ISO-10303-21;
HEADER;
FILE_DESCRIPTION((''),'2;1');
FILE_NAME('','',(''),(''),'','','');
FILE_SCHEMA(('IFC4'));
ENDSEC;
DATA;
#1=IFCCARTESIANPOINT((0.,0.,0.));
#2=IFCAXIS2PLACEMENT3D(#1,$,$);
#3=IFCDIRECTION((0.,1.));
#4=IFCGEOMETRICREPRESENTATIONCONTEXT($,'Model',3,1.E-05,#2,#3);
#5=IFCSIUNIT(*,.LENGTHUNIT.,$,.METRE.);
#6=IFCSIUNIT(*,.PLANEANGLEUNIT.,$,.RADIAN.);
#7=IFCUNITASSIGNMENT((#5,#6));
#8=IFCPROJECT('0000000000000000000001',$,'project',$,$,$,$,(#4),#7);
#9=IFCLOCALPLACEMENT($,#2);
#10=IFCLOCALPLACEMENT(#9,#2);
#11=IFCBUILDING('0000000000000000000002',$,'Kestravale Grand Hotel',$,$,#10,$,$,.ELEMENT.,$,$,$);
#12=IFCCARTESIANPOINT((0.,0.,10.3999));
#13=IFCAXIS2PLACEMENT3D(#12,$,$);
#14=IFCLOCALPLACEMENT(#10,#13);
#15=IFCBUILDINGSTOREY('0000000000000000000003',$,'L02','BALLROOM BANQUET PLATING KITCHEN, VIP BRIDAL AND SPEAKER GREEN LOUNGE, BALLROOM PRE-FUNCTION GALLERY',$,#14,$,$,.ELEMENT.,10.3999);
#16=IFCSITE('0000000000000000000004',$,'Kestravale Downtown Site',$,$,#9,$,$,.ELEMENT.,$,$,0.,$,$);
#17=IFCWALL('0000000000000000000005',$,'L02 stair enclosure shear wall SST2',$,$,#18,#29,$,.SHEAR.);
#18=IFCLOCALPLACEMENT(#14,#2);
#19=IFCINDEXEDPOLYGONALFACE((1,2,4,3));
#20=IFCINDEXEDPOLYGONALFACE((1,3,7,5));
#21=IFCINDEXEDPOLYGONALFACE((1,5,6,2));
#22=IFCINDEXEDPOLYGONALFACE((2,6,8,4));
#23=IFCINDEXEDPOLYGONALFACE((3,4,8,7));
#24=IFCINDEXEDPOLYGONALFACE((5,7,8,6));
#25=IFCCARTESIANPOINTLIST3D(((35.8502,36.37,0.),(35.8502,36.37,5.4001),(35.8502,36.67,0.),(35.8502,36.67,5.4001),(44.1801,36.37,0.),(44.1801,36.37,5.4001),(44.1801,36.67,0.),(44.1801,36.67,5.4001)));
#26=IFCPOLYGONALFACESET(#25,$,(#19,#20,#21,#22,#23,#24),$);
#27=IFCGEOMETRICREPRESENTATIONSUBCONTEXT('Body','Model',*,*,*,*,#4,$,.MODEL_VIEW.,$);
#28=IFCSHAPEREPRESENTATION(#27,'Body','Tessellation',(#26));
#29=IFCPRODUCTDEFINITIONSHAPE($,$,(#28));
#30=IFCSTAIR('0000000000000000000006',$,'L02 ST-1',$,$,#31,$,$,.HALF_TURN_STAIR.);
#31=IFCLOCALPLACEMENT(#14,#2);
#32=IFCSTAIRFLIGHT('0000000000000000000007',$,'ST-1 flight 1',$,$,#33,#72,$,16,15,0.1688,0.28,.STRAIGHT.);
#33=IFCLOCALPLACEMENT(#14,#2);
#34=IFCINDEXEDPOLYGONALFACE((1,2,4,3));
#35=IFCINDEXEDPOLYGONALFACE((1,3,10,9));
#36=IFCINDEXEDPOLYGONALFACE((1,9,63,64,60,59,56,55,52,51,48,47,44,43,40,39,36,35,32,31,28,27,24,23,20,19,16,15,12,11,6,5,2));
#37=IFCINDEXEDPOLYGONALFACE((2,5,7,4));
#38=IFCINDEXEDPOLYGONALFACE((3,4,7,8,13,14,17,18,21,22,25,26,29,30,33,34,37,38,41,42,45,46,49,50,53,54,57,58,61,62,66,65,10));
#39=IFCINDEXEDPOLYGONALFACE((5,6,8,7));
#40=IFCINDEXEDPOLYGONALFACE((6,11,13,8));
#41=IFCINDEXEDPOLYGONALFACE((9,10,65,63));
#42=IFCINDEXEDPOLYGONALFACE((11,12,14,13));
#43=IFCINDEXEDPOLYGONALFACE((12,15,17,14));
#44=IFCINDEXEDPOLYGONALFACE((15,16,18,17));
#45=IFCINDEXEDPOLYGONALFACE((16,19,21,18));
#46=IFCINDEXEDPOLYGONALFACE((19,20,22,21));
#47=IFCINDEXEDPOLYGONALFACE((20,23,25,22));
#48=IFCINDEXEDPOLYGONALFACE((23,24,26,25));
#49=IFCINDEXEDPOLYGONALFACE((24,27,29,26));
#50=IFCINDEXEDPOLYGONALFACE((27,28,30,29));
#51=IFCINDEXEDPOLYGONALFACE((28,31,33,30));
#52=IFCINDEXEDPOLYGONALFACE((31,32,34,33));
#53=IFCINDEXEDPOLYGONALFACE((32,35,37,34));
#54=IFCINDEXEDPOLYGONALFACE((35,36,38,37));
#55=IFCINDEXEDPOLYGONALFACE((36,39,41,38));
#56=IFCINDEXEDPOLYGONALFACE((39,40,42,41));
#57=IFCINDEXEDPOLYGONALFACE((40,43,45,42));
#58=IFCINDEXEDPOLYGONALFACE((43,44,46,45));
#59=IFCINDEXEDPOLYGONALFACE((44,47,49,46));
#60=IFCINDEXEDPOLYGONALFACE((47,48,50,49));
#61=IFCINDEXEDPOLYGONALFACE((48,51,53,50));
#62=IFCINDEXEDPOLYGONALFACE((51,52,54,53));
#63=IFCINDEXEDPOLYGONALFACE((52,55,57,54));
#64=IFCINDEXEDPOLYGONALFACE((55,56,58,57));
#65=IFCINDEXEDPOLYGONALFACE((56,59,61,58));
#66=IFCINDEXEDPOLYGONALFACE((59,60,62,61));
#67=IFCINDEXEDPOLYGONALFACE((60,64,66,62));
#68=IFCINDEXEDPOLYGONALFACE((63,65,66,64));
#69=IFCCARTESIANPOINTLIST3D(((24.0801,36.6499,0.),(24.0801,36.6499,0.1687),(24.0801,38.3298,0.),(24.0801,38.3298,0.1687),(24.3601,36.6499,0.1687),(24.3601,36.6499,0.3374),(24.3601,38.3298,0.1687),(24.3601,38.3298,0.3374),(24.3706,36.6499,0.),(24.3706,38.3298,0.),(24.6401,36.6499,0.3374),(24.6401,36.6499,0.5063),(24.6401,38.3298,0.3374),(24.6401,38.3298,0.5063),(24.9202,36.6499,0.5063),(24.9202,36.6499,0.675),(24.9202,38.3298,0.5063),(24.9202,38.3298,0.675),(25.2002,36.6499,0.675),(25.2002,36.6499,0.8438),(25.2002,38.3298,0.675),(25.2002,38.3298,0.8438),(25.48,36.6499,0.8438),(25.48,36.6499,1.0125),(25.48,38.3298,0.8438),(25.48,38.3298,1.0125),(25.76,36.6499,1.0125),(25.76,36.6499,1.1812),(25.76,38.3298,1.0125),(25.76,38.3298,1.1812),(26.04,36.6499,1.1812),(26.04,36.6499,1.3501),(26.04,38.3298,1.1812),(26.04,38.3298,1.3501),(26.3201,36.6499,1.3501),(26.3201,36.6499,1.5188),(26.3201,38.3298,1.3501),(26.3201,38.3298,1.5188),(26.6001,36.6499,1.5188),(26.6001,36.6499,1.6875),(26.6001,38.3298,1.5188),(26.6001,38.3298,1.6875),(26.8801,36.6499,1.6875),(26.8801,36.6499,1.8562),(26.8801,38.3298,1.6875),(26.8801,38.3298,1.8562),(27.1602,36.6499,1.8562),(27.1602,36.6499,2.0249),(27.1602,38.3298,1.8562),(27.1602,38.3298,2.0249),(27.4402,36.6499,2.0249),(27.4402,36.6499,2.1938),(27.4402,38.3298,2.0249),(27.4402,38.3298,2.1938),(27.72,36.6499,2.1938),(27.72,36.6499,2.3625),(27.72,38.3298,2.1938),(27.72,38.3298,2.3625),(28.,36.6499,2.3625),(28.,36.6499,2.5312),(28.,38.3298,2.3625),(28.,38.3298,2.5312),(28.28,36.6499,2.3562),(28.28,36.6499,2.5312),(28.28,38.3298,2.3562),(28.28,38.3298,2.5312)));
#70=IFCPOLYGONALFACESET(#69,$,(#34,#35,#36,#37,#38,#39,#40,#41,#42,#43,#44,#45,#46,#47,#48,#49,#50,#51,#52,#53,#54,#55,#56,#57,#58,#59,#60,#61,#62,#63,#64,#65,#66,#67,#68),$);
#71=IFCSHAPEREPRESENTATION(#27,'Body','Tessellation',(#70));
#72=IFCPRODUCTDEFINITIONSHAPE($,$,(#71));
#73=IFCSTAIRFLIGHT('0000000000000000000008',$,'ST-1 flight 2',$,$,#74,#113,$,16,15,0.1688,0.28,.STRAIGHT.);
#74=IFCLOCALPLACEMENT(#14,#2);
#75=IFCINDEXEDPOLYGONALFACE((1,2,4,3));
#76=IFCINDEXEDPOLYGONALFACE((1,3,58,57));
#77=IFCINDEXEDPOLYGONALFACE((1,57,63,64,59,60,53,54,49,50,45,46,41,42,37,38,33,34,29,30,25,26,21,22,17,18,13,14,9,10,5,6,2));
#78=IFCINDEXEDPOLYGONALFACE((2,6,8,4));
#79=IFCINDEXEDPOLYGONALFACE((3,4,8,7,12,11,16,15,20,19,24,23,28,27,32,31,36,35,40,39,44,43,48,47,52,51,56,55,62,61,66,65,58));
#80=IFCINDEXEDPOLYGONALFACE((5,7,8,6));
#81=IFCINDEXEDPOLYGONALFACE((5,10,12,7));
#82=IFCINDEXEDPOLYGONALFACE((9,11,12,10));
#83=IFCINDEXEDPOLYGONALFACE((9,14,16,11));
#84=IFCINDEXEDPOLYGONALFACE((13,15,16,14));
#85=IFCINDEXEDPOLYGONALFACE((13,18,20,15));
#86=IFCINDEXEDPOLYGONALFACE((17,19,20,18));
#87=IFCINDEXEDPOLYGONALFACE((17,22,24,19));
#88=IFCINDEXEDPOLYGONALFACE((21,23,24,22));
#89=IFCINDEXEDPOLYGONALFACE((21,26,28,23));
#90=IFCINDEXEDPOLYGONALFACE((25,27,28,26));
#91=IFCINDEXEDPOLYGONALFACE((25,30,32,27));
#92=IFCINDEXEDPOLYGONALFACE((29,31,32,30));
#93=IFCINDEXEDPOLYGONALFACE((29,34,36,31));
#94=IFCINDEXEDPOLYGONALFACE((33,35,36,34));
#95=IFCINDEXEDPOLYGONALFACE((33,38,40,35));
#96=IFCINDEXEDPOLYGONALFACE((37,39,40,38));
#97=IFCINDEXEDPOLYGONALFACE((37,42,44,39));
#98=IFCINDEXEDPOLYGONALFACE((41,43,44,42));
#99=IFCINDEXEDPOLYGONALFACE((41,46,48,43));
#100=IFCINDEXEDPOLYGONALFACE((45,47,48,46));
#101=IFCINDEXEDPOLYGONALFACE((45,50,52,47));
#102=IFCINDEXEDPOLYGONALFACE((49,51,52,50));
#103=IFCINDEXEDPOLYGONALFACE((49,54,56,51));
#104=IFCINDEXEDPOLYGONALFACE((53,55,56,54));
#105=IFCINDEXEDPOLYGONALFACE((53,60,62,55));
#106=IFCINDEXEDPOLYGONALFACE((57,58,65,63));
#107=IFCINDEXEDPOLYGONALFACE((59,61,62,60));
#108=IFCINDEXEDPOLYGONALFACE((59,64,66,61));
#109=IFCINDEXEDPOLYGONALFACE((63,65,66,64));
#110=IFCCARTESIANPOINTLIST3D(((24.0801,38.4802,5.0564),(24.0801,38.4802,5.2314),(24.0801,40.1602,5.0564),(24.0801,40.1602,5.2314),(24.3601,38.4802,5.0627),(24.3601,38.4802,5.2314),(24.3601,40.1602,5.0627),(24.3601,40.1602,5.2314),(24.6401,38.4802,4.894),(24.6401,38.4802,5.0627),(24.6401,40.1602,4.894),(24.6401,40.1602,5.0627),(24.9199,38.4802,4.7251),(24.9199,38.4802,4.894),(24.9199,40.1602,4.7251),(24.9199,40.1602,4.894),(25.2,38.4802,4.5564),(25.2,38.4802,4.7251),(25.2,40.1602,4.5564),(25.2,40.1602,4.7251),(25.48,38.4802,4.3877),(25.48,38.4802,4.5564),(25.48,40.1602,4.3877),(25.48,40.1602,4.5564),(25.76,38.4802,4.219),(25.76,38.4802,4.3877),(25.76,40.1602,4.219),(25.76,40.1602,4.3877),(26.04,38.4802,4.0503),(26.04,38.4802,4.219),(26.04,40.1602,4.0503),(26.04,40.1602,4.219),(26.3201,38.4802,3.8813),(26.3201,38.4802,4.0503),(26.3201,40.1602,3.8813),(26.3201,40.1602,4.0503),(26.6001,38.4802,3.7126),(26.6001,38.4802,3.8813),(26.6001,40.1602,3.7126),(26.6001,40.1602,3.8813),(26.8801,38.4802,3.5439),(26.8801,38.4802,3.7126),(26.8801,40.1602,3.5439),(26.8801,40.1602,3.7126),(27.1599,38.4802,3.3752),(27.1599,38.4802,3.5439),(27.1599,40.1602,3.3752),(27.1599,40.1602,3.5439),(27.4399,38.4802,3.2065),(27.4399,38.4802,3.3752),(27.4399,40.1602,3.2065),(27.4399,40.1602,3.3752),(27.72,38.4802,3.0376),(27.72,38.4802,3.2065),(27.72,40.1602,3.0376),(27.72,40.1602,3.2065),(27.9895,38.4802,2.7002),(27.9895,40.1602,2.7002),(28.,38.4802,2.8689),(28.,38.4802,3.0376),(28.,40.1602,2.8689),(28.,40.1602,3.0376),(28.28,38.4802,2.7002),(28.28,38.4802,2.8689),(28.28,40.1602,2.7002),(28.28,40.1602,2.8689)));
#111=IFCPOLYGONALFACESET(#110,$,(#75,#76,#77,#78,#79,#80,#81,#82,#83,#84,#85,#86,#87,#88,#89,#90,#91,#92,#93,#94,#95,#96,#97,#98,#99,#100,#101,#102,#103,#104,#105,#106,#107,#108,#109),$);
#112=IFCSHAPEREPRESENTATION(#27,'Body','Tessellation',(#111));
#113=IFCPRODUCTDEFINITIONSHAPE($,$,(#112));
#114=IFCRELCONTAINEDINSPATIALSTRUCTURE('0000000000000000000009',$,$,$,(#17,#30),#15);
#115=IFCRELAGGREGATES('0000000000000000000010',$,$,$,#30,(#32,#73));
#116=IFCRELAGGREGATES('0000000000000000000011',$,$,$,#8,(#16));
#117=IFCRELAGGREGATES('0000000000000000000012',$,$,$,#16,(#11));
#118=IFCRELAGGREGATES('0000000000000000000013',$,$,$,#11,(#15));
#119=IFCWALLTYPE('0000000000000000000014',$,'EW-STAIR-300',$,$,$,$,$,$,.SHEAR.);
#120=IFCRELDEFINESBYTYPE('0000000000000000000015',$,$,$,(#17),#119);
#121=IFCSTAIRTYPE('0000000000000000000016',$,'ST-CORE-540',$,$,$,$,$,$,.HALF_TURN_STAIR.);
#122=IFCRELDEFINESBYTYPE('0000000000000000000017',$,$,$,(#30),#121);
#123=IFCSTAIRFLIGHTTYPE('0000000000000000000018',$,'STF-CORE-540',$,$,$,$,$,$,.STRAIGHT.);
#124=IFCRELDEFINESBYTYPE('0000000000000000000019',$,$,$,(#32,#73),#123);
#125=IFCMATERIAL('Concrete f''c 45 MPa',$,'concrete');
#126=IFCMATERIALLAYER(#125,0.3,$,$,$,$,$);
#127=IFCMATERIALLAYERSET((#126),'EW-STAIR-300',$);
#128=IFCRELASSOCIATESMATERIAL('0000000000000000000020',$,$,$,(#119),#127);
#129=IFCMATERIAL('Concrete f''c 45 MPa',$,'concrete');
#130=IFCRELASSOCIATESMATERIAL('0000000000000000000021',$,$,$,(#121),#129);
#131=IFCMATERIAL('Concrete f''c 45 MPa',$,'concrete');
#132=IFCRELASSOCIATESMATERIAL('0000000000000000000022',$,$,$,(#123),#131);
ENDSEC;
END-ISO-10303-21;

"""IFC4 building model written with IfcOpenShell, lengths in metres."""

from ifc_helpers import new_model, si_unit, direction, frame, frame_2d, origin, place, context, subcontext, project, spatial, polyline, rectangle, outline, extrude, material, layer, layer_set, type_object, element, aggregate, save


model = new_model("IFC4")

# Units and contexts
model_context = context("Model", 3, precision=1e-05, world=origin(), true_north=direction((0.0, 1.0)))
body_context = subcontext(model_context, "Body", "Model", "MODEL_VIEW")
ifc_project = project(units=[si_unit("LENGTHUNIT", "METRE"), si_unit("PLANEANGLEUNIT", "RADIAN")], contexts=[model_context])

# Site, building, storey
site_placement = place(None, origin())
site = spatial("IfcSite", under=ifc_project, at=site_placement, Name="Kestravale Downtown Site", CompositionType="ELEMENT", RefElevation=0.0)
building_placement = place(site_placement, origin())
building = spatial("IfcBuilding", under=site, at=building_placement, Name="Kestravale Grand Hotel", CompositionType="ELEMENT")
storey_placement = place(building_placement, frame((0.0, 0.0, 10.3999)))
storey = spatial("IfcBuildingStorey", under=building, at=storey_placement, Name="L02", Description="BALLROOM BANQUET PLATING KITCHEN, VIP BRIDAL AND SPEAKER GREEN LOUNGE, BALLROOM PRE-FUNCTION GALLERY", CompositionType="ELEMENT", Elevation=10.3999)

# Shared definitions
ifc_material_1 = material(Name="Concrete f'c 45 MPa", Category="concrete")
ifc_layer_1 = layer(ifc_material_1, 0.3)
ifc_layer_set_1 = layer_set([ifc_layer_1], Name="EW-STAIR-300")
wall_type_1 = type_object("IfcWallType", Name="EW-STAIR-300", PredefinedType="SHEAR", material=ifc_layer_set_1)

# Wall
wall_1_placement = place(storey_placement, frame((35.8501, 36.52, 0.0), z_axis=(0.0, 0.0, 1.0), x_axis=(1.0, 0.0, 0.0)))
element("IfcWall", 1, at=wall_1_placement, inside=storey, type_object=wall_type_1, Name="L02 stair enclosure shear wall SST2", PredefinedType="SHEAR", context=body_context, shape_type="SweptSolid", body=[
    extrude(rectangle(XDim=8.3298, YDim=0.3, at=frame_2d((4.165, 0.0))), origin(), (0.0, 0.0, 1.0), 5.4001),
])

# Stair, stair flights
ifc_material_2 = material(Name="Concrete f'c 45 MPa", Category="concrete")
stair_type = type_object("IfcStairType", Name="ST-CORE-540", PredefinedType="HALF_TURN_STAIR", material=ifc_material_2)
stair_placement = place(storey_placement, origin())
stair = element("IfcStair", 2, at=stair_placement, inside=storey, type_object=stair_type, Name="L02 ST-1", PredefinedType="HALF_TURN_STAIR")
ifc_material_3 = material(Name="Concrete f'c 45 MPa", Category="concrete")
stair_flight_type = type_object("IfcStairFlightType", Name="STF-CORE-540", PredefinedType="STRAIGHT", material=ifc_material_3)
stair_flight_1_placement = place(storey_placement, frame((24.0801, 37.49, 0.0), z_axis=(0.0, 0.0, 1.0), x_axis=(1.0, 0.0, 0.0)))
stair_flight_1 = element("IfcStairFlight", 3, at=stair_flight_1_placement, type_object=stair_flight_type, Name="ST-1 flight 1", NumberOfRisers=16, NumberOfTreads=15, PredefinedType="STRAIGHT", RiserHeight=0.1688, TreadLength=0.28, context=body_context, shape_type="SweptSolid", body=[
    extrude(outline(polyline([(0.0, 0.0), (0.0, 0.1687), (0.28, 0.1687), (0.28, 0.3374), (0.5601, 0.3374), (0.5601, 0.5063), (0.8401, 0.5063), (0.8401, 0.675), (1.1201, 0.675), (1.1201, 0.8438), (1.3999, 0.8438), (1.3999, 1.0125), (1.6799, 1.0125), (1.6799, 1.1812), (1.96, 1.1812), (1.96, 1.3501), (2.24, 1.3501), (2.24, 1.5188), (2.52, 1.5188), (2.52, 1.6875), (2.8, 1.6875), (2.8, 1.8562), (3.0801, 1.8562), (3.0801, 2.0249), (3.3601, 2.0249), (3.3601, 2.1938), (3.6399, 2.1938), (3.6399, 2.3625), (3.9199, 2.3625), (3.9199, 2.5312), (4.2, 2.5312), (4.2, 2.7), (4.2, 2.3562), (0.2905, 0.0), (0.0, 0.0)])), frame((0.0, 0.8398, 0.0), z_axis=(0.0, -1.0, 0.0), x_axis=(1.0, 0.0, 0.0)), (0.0, 0.0, 1.0), 1.6799),
])
stair_flight_2_placement = place(storey_placement, frame((28.28, 39.3201, 2.7002), z_axis=(0.0, 0.0, 1.0), x_axis=(-1.0, 0.0, 0.0)))
stair_flight_2 = element("IfcStairFlight", 4, at=stair_flight_2_placement, type_object=stair_flight_type, Name="ST-1 flight 2", NumberOfRisers=16, NumberOfTreads=15, PredefinedType="STRAIGHT", RiserHeight=0.1688, TreadLength=0.28, context=body_context, shape_type="SweptSolid", body=[
    extrude(outline(polyline([(0.0, 0.0), (0.0, 0.1687), (0.28, 0.1687), (0.28, 0.3374), (0.5601, 0.3374), (0.5601, 0.5063), (0.8401, 0.5063), (0.8401, 0.675), (1.1201, 0.675), (1.1201, 0.8438), (1.3999, 0.8438), (1.3999, 1.0125), (1.6799, 1.0125), (1.6799, 1.1812), (1.96, 1.1812), (1.96, 1.3501), (2.24, 1.3501), (2.24, 1.5188), (2.52, 1.5188), (2.52, 1.6875), (2.8, 1.6875), (2.8, 1.8562), (3.0801, 1.8562), (3.0801, 2.0249), (3.3601, 2.0249), (3.3601, 2.1938), (3.6399, 2.1938), (3.6399, 2.3625), (3.9199, 2.3625), (3.9199, 2.5312), (4.2, 2.5312), (4.2, 2.7), (4.2, 2.3562), (0.2905, 0.0), (0.0, 0.0)])), frame((0.0, 0.8398, 0.0), z_axis=(0.0, -1.0, 0.0), x_axis=(1.0, 0.0, 0.0)), (0.0, 0.0, 1.0), 1.6799),
])
aggregate(stair, [stair_flight_1, stair_flight_2])

save(model, "model.ifc")
